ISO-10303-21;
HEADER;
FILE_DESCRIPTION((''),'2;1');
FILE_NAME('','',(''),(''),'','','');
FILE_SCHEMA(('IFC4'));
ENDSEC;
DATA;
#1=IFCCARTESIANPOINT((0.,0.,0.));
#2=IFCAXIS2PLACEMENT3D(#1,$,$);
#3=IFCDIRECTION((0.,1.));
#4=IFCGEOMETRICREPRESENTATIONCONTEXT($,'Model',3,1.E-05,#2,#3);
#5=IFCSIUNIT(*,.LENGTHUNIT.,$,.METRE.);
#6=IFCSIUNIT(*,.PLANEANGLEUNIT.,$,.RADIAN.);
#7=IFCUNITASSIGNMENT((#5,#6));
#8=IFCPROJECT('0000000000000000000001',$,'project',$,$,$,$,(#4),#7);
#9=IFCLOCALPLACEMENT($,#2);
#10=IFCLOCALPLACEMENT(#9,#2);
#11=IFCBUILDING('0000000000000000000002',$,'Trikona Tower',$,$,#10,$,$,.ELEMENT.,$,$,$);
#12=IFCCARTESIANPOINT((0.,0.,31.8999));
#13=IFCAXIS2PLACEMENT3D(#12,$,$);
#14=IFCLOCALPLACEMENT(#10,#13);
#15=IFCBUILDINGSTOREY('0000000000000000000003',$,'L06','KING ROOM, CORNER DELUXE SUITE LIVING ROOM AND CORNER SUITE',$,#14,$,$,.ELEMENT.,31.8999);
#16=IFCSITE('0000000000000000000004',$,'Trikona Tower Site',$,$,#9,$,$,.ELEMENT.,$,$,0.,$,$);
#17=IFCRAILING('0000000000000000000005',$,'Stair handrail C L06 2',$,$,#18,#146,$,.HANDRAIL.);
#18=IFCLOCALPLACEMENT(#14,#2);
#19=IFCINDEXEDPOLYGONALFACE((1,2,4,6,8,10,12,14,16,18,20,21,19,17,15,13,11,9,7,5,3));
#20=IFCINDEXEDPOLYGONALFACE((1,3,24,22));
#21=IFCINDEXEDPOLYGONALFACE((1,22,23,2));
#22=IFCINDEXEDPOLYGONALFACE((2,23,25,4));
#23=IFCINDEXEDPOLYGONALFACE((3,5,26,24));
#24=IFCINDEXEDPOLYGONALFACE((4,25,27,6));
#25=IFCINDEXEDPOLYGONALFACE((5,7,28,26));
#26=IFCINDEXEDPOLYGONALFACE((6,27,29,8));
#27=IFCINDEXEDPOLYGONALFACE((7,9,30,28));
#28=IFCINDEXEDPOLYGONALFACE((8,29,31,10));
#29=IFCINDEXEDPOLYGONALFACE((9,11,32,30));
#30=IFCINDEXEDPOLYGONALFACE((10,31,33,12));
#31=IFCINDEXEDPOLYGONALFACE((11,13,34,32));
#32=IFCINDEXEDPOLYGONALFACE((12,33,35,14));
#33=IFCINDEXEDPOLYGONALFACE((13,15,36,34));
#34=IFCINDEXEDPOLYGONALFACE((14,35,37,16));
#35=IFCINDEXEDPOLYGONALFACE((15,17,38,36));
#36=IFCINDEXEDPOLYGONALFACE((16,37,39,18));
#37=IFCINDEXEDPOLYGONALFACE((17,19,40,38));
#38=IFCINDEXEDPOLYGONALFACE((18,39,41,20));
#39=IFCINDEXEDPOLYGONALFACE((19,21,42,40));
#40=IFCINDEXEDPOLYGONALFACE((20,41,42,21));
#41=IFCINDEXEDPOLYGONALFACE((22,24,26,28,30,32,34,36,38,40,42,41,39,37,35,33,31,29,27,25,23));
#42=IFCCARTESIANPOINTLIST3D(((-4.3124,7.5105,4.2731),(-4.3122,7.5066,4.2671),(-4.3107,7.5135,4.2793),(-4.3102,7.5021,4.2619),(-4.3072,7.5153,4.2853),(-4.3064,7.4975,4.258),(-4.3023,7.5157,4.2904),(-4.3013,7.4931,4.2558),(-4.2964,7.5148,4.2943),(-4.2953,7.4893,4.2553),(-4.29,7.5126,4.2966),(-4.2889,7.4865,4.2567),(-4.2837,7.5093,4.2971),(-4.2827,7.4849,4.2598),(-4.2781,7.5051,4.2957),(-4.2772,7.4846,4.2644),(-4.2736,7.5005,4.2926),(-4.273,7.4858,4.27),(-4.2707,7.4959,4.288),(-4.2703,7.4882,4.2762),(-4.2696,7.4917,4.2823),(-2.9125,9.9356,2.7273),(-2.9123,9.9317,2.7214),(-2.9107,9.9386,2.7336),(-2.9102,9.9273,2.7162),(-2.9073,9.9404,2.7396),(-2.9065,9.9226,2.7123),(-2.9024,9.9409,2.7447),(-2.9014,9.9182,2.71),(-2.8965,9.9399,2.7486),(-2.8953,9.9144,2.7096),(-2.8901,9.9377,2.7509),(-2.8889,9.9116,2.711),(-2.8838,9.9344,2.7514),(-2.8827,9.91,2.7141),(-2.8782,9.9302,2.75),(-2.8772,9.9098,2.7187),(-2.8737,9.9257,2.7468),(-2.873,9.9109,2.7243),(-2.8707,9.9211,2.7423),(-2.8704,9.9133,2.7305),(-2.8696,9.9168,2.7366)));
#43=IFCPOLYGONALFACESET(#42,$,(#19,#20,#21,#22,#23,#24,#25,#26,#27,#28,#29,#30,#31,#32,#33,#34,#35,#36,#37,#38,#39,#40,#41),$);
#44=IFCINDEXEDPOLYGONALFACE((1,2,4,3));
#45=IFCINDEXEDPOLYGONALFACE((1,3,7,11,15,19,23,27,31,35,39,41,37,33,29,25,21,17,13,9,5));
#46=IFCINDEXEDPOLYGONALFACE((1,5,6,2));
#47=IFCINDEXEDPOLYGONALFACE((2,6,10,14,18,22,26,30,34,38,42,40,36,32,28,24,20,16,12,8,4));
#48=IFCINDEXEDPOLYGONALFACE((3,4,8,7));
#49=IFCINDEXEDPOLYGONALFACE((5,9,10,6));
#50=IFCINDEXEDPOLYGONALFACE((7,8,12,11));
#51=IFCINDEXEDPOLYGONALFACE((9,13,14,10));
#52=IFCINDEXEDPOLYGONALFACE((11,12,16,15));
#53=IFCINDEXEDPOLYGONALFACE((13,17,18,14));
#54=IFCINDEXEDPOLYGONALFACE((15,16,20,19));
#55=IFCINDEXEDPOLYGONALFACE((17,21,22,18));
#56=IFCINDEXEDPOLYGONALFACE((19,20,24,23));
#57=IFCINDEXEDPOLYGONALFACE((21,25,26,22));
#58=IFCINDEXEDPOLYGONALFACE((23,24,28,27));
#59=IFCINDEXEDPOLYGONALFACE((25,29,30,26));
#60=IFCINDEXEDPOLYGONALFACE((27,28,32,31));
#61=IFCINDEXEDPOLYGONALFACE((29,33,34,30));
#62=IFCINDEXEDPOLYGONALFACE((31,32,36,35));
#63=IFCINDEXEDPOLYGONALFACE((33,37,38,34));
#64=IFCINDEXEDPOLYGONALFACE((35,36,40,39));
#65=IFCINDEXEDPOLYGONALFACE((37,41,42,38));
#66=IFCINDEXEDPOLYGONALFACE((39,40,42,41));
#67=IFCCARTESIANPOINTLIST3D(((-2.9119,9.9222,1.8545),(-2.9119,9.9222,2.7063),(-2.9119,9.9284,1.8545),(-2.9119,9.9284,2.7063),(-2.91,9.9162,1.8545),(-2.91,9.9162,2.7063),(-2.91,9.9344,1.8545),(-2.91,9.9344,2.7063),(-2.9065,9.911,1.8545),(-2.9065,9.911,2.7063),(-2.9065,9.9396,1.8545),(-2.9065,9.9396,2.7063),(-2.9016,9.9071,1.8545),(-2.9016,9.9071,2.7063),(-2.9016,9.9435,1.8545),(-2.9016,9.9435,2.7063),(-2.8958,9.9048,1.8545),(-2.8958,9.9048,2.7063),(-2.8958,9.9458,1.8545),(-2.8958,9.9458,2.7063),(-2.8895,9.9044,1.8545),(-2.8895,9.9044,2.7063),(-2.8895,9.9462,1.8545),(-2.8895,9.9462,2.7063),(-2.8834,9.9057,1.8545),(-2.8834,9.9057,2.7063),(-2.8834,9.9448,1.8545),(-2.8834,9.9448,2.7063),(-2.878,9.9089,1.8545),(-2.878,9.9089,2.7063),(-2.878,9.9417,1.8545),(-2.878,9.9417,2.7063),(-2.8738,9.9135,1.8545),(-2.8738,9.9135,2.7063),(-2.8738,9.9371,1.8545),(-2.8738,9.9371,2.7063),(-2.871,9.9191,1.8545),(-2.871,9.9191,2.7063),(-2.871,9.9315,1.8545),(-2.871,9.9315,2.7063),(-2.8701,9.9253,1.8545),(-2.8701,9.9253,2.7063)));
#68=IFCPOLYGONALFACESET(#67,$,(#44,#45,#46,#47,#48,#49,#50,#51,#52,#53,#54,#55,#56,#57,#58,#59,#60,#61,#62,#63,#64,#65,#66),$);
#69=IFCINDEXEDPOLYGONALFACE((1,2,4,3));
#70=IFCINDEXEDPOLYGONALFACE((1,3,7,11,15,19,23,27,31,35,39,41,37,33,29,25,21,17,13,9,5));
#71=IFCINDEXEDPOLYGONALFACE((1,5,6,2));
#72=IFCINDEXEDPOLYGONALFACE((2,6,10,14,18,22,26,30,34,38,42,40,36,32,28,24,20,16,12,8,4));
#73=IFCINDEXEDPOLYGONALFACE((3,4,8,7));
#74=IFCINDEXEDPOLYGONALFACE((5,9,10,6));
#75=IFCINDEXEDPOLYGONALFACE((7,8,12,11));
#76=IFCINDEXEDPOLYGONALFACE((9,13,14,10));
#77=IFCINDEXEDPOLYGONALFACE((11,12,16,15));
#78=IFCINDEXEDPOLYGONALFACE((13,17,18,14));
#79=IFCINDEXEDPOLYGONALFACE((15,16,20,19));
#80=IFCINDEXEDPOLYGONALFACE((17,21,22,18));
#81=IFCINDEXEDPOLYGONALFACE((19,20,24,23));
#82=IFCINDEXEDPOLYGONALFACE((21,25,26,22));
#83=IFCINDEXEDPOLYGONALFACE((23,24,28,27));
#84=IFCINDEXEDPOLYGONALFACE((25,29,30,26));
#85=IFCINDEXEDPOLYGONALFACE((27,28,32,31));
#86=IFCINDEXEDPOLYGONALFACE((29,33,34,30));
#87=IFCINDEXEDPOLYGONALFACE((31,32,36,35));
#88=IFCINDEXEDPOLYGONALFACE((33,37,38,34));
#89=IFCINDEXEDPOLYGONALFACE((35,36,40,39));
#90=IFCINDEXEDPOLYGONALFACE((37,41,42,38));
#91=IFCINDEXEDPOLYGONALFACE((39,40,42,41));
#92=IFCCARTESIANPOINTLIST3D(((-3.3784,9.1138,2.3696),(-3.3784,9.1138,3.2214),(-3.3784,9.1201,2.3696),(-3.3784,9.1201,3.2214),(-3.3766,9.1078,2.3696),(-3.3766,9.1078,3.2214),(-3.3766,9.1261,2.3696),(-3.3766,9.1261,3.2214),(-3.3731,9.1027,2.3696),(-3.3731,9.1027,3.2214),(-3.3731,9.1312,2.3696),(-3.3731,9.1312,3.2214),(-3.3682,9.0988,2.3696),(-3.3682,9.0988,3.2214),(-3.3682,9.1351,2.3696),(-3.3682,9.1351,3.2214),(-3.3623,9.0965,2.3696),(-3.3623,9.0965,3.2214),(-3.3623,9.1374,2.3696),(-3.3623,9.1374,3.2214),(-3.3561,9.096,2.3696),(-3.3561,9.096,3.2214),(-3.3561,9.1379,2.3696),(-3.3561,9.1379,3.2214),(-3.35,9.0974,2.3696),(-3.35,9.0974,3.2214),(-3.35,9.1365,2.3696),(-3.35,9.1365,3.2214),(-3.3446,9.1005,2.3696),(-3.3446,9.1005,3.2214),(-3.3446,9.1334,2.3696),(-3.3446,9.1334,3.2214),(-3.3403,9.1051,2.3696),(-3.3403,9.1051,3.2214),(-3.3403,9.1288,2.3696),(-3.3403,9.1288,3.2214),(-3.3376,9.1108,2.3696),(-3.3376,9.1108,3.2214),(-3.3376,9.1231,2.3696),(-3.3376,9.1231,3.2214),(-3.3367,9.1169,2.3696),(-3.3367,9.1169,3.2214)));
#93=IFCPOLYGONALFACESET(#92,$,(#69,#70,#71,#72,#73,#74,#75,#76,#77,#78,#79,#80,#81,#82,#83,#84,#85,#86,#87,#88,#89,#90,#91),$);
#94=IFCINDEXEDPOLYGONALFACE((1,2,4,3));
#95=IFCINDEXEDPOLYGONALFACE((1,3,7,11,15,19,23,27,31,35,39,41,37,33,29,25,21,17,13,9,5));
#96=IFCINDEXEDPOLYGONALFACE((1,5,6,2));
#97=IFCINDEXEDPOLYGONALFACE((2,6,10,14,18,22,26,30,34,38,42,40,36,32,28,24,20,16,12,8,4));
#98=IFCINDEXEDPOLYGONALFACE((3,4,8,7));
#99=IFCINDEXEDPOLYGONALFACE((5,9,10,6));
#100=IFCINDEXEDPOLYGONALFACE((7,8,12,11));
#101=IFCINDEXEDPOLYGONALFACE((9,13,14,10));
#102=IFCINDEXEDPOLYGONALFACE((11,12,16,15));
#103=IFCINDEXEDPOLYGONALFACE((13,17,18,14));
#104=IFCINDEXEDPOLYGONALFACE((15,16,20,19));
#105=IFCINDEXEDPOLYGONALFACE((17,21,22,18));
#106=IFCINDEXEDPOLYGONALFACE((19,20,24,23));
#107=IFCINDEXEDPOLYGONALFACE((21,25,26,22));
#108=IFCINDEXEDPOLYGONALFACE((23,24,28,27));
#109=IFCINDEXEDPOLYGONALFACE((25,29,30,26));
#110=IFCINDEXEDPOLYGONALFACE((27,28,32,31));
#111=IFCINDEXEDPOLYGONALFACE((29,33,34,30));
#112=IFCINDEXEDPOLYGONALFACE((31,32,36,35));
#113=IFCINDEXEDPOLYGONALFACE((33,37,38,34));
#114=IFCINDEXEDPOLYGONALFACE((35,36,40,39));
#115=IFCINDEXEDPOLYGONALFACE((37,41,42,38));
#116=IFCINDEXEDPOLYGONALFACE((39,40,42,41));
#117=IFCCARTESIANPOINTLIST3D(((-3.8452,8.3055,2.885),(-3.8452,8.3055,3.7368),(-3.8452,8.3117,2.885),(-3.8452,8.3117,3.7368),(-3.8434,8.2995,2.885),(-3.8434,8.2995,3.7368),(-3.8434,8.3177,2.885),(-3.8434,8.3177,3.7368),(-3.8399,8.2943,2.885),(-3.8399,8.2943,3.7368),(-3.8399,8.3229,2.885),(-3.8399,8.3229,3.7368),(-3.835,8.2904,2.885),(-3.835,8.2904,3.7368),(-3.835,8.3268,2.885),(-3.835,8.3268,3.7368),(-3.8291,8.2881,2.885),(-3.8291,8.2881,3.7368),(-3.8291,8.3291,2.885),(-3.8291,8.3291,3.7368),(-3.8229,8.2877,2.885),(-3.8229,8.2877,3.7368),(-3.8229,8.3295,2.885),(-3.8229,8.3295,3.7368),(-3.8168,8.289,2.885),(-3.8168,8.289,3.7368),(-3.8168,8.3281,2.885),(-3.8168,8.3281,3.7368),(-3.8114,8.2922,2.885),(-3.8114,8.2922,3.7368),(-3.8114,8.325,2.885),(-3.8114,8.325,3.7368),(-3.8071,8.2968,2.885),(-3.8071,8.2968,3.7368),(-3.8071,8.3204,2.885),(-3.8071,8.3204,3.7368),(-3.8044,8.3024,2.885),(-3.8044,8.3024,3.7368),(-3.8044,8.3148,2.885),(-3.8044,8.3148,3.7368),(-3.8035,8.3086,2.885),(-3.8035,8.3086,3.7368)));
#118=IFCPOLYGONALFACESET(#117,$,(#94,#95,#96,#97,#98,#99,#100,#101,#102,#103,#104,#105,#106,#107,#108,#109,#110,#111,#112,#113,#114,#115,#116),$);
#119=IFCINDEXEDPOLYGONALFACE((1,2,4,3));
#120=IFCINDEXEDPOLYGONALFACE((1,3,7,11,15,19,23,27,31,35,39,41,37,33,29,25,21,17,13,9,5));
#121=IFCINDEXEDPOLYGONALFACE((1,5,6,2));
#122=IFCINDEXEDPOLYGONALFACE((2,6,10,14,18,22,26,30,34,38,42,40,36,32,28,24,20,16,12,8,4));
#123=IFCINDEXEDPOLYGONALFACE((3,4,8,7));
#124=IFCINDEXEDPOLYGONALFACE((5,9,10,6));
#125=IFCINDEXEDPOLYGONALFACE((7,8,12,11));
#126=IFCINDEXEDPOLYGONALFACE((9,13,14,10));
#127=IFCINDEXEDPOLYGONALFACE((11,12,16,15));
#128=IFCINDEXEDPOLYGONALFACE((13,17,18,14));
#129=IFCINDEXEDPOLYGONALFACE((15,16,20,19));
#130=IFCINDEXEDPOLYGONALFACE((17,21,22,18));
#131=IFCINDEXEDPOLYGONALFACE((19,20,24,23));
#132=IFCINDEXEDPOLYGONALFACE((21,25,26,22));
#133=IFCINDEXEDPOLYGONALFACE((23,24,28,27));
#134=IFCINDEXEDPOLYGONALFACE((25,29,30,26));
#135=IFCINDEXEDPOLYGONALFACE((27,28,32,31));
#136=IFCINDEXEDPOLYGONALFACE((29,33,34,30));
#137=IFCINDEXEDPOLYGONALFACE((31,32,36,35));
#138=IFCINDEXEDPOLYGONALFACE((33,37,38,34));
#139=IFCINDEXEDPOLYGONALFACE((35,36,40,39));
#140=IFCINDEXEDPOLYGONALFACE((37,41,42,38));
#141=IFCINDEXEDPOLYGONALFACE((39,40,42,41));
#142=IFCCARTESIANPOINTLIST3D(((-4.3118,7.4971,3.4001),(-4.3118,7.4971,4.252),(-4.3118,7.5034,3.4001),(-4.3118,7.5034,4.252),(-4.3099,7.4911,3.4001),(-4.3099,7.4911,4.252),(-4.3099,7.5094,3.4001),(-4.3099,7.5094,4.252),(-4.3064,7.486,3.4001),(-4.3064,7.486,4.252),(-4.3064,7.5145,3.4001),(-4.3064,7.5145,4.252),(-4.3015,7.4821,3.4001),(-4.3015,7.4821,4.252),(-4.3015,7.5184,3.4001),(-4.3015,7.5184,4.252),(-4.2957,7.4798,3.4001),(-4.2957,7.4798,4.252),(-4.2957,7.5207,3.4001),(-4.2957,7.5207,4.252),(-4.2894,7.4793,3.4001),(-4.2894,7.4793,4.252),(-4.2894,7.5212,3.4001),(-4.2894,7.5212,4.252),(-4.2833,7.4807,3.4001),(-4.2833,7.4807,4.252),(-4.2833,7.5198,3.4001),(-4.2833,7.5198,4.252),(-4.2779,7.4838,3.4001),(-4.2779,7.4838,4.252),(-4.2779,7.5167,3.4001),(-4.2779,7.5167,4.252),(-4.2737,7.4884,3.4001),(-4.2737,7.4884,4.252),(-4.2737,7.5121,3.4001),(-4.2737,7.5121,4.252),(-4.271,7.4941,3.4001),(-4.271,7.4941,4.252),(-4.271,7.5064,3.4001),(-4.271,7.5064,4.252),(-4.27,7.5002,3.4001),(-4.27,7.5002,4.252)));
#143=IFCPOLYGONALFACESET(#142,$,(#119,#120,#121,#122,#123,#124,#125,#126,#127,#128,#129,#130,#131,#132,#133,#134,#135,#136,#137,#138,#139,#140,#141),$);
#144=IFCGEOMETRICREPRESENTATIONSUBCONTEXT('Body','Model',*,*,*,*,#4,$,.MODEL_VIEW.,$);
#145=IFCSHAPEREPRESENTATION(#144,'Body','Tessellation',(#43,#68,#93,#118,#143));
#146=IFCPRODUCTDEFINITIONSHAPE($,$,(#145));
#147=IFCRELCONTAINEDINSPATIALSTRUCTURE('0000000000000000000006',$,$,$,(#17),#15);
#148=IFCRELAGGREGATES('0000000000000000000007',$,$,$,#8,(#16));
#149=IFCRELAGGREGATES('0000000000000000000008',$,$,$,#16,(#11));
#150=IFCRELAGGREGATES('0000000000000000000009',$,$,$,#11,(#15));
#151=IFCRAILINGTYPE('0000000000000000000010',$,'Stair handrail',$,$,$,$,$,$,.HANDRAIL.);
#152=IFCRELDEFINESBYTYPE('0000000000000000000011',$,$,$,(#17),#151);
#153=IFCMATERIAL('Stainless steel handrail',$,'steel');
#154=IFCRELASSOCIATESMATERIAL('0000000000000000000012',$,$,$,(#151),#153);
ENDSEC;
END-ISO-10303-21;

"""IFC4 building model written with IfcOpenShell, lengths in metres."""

from ifc_helpers import new_model, si_unit, direction, frame, origin, origin_2d, place, context, subcontext, project, spatial, circle, extrude, material, type_object, element, save


model = new_model("IFC4")

# Units and contexts
model_context = context("Model", 3, precision=1e-05, world=origin(), true_north=direction((0.0, 1.0)))
body_context = subcontext(model_context, "Body", "Model", "MODEL_VIEW")
ifc_project = project(units=[si_unit("LENGTHUNIT", "METRE"), si_unit("PLANEANGLEUNIT", "RADIAN")], contexts=[model_context])

# Site, building, storey
site_placement = place(None, origin())
site = spatial("IfcSite", under=ifc_project, at=site_placement, Name="Trikona Tower Site", CompositionType="ELEMENT", RefElevation=0.0)
building_placement = place(site_placement, origin())
building = spatial("IfcBuilding", under=site, at=building_placement, Name="Trikona Tower", CompositionType="ELEMENT")
storey_placement = place(building_placement, frame((0.0, 0.0, 31.8999)))
storey = spatial("IfcBuildingStorey", under=building, at=storey_placement, Name="L06", Description="KING ROOM, CORNER DELUXE SUITE LIVING ROOM AND CORNER SUITE", CompositionType="ELEMENT", Elevation=31.8999)

# Railing
ifc_material_1 = material(Name="Stainless steel handrail", Category="steel")
railing_type = type_object("IfcRailingType", Name="Stair handrail", PredefinedType="HANDRAIL", material=ifc_material_1)
railing_1_placement = place(storey_placement, frame((-2.8911, 9.9253, 1.8545)))
element("IfcRailing", 1, at=railing_1_placement, inside=storey, type_object=railing_type, Name="Stair handrail C L06 2", PredefinedType="HANDRAIL", context=body_context, shape_type="SweptSolid", body=[
    extrude(circle(Radius=0.0239, at=origin_2d()), frame((0.0, 0.0, 0.876), z_axis=(-0.437691, -0.758212, 0.483262), x_axis=(0.866056, -0.499946, 0.0)), (0.0, 0.0, 1.0), 3.1985),
    extrude(circle(Radius=0.021, at=origin_2d()), origin(), (0.0, 0.0, 1.0), 0.8518),
    extrude(circle(Radius=0.021, at=origin_2d()), frame((-0.4666, -0.8083, 0.5151)), (0.0, 0.0, 1.0), 0.8518),
    extrude(circle(Radius=0.021, at=origin_2d()), frame((-0.9333, -1.6167, 1.0305)), (0.0, 0.0, 1.0), 0.8518),
    extrude(circle(Radius=0.021, at=origin_2d()), frame((-1.3999, -2.425, 1.5457)), (0.0, 0.0, 1.0), 0.8518),
])

save(model, "model.ifc")
